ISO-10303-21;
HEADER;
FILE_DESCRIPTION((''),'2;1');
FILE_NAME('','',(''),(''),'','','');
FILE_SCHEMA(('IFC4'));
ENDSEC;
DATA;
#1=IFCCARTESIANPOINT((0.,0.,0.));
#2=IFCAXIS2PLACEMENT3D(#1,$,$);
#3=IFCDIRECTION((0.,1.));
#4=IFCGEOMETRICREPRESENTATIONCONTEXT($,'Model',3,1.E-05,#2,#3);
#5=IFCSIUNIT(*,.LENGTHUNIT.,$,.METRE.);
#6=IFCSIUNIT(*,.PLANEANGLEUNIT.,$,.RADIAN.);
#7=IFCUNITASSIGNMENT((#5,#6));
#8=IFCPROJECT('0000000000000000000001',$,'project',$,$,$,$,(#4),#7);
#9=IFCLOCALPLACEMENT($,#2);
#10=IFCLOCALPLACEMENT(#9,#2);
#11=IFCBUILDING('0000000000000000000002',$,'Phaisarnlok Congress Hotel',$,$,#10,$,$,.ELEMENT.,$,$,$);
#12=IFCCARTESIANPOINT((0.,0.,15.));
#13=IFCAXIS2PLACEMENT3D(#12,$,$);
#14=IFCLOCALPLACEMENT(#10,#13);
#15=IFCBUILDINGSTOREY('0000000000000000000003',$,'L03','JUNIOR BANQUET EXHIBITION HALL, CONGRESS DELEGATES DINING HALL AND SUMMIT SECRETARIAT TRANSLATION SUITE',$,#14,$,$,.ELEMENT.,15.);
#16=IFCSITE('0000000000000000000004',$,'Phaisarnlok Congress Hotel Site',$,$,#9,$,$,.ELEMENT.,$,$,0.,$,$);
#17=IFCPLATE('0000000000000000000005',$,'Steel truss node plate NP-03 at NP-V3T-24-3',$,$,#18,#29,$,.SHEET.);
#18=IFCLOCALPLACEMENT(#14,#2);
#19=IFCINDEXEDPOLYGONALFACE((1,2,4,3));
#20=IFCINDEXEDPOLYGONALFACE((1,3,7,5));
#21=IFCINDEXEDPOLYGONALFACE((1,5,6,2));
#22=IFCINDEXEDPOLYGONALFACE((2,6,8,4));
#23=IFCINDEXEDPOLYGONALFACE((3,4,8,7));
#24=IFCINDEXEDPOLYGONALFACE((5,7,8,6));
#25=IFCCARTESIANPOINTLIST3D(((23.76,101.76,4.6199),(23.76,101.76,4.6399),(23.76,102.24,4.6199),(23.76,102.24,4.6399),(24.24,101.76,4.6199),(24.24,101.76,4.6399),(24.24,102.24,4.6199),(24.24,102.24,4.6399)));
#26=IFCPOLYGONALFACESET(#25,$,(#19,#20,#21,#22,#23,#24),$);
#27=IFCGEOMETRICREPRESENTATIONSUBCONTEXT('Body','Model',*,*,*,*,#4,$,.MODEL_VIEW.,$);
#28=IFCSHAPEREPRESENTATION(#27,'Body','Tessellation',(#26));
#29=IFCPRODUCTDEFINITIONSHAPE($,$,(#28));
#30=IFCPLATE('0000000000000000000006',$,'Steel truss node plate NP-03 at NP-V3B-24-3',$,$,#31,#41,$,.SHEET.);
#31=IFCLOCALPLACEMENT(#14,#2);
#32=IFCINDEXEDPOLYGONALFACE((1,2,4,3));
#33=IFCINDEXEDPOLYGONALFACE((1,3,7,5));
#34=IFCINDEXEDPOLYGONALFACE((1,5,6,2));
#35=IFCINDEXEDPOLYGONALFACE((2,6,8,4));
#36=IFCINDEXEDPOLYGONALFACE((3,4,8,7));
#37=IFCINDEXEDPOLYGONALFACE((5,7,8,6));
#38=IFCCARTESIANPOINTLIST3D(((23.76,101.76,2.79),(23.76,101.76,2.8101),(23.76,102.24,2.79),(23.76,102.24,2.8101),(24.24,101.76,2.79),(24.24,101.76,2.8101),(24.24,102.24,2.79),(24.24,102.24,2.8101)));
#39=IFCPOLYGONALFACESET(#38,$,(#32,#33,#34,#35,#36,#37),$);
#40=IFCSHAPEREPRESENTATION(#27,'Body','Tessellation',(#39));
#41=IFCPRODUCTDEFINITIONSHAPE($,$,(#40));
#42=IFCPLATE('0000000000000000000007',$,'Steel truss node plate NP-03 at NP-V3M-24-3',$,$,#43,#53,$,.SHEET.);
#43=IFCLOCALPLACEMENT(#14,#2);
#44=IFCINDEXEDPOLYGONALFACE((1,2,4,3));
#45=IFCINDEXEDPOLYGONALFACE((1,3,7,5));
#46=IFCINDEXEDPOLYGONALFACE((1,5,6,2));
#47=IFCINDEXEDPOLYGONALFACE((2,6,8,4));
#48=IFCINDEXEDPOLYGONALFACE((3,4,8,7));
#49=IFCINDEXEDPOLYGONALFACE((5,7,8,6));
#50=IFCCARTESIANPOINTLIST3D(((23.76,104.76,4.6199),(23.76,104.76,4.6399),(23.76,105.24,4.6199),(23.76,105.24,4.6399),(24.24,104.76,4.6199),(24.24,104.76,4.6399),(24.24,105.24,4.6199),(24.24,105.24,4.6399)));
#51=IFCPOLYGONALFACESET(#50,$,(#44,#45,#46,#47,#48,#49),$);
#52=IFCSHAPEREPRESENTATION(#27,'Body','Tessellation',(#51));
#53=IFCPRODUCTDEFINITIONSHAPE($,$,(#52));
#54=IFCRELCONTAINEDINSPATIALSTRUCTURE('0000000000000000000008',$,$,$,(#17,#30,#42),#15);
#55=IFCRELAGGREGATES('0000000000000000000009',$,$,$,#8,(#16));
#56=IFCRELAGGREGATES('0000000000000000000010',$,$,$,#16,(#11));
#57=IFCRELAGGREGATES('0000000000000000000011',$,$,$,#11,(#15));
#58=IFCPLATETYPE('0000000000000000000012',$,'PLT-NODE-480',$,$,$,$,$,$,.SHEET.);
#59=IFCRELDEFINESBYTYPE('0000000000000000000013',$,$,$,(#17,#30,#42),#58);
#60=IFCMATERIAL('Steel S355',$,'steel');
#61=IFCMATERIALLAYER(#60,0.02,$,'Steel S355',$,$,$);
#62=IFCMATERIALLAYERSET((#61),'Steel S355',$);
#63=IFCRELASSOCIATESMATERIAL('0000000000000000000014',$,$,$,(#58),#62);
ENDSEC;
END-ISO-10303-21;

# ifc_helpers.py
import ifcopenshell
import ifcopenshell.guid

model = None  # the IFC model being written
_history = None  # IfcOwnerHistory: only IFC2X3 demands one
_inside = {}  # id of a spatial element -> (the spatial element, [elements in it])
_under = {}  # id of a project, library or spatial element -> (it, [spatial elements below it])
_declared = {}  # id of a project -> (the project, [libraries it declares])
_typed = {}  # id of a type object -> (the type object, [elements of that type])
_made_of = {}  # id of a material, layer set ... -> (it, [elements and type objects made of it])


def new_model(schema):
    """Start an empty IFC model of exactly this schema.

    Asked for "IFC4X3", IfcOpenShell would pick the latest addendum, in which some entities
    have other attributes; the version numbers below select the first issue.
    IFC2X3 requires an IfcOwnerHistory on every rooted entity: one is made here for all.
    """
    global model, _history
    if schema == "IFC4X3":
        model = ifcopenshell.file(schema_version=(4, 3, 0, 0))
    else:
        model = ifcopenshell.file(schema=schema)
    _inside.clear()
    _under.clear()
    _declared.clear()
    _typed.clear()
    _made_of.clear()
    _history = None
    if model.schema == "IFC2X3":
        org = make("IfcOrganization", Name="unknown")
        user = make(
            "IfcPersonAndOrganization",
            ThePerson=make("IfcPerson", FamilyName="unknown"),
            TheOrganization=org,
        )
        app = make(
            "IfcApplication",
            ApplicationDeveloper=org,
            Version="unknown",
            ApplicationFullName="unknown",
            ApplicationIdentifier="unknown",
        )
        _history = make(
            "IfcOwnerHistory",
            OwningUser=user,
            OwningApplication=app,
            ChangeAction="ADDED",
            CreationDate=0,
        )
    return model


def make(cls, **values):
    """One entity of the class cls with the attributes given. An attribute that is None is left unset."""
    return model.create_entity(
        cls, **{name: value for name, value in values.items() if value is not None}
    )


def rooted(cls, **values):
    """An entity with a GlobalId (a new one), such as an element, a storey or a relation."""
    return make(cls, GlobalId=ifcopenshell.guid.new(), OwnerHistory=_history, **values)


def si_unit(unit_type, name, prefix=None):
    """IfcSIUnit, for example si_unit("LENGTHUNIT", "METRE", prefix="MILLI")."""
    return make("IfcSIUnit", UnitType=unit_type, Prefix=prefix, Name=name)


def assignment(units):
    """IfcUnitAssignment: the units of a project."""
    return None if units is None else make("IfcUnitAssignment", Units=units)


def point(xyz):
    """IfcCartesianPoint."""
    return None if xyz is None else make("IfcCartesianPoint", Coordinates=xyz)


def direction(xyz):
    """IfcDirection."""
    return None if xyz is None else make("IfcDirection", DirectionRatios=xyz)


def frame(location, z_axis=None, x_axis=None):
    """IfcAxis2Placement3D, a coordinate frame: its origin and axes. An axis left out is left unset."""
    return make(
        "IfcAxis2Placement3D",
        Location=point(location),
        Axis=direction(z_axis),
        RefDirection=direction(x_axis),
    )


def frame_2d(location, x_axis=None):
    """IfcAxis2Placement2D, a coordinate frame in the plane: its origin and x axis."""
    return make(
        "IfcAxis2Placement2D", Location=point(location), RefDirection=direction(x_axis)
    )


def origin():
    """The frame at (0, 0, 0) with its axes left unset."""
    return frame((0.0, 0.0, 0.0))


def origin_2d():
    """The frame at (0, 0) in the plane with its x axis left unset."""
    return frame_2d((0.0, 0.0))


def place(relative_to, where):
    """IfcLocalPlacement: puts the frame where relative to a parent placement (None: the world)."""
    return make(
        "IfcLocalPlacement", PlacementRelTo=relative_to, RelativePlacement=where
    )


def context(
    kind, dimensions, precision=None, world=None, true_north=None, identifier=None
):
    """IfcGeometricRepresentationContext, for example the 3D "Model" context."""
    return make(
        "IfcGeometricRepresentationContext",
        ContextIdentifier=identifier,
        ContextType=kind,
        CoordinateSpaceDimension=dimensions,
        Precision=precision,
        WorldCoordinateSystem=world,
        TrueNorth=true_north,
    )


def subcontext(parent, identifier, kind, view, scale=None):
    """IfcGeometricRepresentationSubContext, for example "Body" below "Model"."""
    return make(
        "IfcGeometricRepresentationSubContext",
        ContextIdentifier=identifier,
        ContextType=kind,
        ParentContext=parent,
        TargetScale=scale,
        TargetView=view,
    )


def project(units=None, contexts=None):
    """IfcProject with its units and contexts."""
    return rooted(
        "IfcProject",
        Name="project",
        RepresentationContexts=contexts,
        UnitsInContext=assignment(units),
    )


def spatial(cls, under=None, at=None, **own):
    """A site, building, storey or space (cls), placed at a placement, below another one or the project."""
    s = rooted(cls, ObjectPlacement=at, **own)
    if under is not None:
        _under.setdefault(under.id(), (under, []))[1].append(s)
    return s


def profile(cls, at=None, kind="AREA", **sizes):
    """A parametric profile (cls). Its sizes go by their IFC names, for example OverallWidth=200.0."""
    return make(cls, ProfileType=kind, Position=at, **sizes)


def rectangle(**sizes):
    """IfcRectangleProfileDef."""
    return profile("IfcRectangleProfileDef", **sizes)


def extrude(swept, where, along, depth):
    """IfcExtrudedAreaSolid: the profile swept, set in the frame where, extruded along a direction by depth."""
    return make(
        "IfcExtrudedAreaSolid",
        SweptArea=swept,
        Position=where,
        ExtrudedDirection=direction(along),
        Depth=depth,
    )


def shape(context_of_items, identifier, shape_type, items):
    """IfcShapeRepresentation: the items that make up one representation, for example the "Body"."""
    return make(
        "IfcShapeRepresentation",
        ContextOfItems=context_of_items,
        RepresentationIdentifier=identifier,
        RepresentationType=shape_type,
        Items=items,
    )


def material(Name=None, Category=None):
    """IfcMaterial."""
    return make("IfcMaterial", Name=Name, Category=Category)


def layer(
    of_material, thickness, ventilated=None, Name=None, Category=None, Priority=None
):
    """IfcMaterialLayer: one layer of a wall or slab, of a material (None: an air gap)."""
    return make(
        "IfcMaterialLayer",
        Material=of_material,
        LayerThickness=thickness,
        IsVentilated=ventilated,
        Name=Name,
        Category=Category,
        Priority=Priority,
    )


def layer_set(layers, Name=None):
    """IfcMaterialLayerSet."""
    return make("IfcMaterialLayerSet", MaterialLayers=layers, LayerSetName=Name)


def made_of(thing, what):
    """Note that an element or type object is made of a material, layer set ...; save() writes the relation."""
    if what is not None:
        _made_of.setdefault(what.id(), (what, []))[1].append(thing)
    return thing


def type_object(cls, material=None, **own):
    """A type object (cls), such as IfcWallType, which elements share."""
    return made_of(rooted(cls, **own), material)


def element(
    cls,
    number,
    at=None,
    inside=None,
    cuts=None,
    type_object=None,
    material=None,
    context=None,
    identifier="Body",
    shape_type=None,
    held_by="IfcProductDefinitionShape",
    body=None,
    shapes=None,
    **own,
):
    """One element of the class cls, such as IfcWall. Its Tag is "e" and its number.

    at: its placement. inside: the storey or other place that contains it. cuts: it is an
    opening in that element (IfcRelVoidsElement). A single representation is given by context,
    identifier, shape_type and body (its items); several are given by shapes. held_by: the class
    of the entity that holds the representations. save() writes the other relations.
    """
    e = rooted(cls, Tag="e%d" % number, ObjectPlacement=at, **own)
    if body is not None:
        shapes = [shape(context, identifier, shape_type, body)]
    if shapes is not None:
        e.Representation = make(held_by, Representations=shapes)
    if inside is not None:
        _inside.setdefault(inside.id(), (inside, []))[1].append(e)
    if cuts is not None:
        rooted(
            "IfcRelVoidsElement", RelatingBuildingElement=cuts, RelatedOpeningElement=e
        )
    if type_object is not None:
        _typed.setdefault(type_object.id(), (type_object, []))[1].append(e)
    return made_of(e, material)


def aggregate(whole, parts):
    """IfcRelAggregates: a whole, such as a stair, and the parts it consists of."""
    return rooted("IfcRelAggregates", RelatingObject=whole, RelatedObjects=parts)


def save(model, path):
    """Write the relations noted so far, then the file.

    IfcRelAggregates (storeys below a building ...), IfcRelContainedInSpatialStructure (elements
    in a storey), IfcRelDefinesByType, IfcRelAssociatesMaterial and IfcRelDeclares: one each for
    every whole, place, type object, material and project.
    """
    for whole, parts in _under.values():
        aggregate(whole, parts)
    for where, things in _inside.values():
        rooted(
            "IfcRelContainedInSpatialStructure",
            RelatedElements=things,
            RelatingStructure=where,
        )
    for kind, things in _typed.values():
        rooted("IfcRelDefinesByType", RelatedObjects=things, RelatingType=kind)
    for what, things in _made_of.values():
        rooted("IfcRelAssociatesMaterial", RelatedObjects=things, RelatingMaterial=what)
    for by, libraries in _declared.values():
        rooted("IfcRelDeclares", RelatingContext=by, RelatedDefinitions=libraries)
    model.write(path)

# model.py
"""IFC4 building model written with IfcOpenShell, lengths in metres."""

from ifc_helpers import new_model, si_unit, direction, frame, origin, origin_2d, place, context, subcontext, project, spatial, rectangle, extrude, material, layer, layer_set, type_object, element, save


model = new_model("IFC4")

# Units and contexts
model_context = context("Model", 3, precision=1e-05, world=origin(), true_north=direction((0.0, 1.0)))
body_context = subcontext(model_context, "Body", "Model", "MODEL_VIEW")
ifc_project = project(units=[si_unit("LENGTHUNIT", "METRE"), si_unit("PLANEANGLEUNIT", "RADIAN")], contexts=[model_context])

# Site, building, storey
site_placement = place(None, origin())
site = spatial("IfcSite", under=ifc_project, at=site_placement, Name="Phaisarnlok Congress Hotel Site", CompositionType="ELEMENT", RefElevation=0.0)
building_placement = place(site_placement, origin())
building = spatial("IfcBuilding", under=site, at=building_placement, Name="Phaisarnlok Congress Hotel", CompositionType="ELEMENT")
storey_placement = place(building_placement, frame((0.0, 0.0, 15.0)))
storey = spatial("IfcBuildingStorey", under=building, at=storey_placement, Name="L03", Description="JUNIOR BANQUET EXHIBITION HALL, CONGRESS DELEGATES DINING HALL AND SUMMIT SECRETARIAT TRANSLATION SUITE", CompositionType="ELEMENT", Elevation=15.0)

# Shared definitions
ifc_material = material(Name="Steel S355", Category="steel")

# Plates
ifc_layer = layer(ifc_material, 0.02, Name="Steel S355")
ifc_layer_set = layer_set([ifc_layer], Name="Steel S355")
plate_type = type_object("IfcPlateType", Name="PLT-NODE-480", PredefinedType="SHEET", material=ifc_layer_set)
for number, where, z_axis, x_axis, name in (
    (1, (24.0, 102.0, 4.6199), (0.0, 0.0, 1.0), (1.0, 0.0, 0.0), "Steel truss node plate NP-03 at NP-V3T-24-3"),
    (2, (24.0, 102.0, 2.79), (0.0, 0.0, 1.0), (1.0, 0.0, 0.0), "Steel truss node plate NP-03 at NP-V3B-24-3"),
    (3, (24.0, 105.0, 4.6199), (0.0, 0.0, 1.0), (1.0, 0.0, 0.0), "Steel truss node plate NP-03 at NP-V3M-24-3"),
):
    element("IfcPlate", number, at=place(storey_placement, frame(where, z_axis=z_axis, x_axis=x_axis)), inside=storey, type_object=plate_type, Name=name, PredefinedType="SHEET", context=body_context, shape_type="SweptSolid", body=[
        extrude(rectangle(XDim=0.48, YDim=0.48, at=origin_2d()), origin(), (0.0, 0.0, 1.0), 0.02),
    ])

save(model, "model.ifc")
